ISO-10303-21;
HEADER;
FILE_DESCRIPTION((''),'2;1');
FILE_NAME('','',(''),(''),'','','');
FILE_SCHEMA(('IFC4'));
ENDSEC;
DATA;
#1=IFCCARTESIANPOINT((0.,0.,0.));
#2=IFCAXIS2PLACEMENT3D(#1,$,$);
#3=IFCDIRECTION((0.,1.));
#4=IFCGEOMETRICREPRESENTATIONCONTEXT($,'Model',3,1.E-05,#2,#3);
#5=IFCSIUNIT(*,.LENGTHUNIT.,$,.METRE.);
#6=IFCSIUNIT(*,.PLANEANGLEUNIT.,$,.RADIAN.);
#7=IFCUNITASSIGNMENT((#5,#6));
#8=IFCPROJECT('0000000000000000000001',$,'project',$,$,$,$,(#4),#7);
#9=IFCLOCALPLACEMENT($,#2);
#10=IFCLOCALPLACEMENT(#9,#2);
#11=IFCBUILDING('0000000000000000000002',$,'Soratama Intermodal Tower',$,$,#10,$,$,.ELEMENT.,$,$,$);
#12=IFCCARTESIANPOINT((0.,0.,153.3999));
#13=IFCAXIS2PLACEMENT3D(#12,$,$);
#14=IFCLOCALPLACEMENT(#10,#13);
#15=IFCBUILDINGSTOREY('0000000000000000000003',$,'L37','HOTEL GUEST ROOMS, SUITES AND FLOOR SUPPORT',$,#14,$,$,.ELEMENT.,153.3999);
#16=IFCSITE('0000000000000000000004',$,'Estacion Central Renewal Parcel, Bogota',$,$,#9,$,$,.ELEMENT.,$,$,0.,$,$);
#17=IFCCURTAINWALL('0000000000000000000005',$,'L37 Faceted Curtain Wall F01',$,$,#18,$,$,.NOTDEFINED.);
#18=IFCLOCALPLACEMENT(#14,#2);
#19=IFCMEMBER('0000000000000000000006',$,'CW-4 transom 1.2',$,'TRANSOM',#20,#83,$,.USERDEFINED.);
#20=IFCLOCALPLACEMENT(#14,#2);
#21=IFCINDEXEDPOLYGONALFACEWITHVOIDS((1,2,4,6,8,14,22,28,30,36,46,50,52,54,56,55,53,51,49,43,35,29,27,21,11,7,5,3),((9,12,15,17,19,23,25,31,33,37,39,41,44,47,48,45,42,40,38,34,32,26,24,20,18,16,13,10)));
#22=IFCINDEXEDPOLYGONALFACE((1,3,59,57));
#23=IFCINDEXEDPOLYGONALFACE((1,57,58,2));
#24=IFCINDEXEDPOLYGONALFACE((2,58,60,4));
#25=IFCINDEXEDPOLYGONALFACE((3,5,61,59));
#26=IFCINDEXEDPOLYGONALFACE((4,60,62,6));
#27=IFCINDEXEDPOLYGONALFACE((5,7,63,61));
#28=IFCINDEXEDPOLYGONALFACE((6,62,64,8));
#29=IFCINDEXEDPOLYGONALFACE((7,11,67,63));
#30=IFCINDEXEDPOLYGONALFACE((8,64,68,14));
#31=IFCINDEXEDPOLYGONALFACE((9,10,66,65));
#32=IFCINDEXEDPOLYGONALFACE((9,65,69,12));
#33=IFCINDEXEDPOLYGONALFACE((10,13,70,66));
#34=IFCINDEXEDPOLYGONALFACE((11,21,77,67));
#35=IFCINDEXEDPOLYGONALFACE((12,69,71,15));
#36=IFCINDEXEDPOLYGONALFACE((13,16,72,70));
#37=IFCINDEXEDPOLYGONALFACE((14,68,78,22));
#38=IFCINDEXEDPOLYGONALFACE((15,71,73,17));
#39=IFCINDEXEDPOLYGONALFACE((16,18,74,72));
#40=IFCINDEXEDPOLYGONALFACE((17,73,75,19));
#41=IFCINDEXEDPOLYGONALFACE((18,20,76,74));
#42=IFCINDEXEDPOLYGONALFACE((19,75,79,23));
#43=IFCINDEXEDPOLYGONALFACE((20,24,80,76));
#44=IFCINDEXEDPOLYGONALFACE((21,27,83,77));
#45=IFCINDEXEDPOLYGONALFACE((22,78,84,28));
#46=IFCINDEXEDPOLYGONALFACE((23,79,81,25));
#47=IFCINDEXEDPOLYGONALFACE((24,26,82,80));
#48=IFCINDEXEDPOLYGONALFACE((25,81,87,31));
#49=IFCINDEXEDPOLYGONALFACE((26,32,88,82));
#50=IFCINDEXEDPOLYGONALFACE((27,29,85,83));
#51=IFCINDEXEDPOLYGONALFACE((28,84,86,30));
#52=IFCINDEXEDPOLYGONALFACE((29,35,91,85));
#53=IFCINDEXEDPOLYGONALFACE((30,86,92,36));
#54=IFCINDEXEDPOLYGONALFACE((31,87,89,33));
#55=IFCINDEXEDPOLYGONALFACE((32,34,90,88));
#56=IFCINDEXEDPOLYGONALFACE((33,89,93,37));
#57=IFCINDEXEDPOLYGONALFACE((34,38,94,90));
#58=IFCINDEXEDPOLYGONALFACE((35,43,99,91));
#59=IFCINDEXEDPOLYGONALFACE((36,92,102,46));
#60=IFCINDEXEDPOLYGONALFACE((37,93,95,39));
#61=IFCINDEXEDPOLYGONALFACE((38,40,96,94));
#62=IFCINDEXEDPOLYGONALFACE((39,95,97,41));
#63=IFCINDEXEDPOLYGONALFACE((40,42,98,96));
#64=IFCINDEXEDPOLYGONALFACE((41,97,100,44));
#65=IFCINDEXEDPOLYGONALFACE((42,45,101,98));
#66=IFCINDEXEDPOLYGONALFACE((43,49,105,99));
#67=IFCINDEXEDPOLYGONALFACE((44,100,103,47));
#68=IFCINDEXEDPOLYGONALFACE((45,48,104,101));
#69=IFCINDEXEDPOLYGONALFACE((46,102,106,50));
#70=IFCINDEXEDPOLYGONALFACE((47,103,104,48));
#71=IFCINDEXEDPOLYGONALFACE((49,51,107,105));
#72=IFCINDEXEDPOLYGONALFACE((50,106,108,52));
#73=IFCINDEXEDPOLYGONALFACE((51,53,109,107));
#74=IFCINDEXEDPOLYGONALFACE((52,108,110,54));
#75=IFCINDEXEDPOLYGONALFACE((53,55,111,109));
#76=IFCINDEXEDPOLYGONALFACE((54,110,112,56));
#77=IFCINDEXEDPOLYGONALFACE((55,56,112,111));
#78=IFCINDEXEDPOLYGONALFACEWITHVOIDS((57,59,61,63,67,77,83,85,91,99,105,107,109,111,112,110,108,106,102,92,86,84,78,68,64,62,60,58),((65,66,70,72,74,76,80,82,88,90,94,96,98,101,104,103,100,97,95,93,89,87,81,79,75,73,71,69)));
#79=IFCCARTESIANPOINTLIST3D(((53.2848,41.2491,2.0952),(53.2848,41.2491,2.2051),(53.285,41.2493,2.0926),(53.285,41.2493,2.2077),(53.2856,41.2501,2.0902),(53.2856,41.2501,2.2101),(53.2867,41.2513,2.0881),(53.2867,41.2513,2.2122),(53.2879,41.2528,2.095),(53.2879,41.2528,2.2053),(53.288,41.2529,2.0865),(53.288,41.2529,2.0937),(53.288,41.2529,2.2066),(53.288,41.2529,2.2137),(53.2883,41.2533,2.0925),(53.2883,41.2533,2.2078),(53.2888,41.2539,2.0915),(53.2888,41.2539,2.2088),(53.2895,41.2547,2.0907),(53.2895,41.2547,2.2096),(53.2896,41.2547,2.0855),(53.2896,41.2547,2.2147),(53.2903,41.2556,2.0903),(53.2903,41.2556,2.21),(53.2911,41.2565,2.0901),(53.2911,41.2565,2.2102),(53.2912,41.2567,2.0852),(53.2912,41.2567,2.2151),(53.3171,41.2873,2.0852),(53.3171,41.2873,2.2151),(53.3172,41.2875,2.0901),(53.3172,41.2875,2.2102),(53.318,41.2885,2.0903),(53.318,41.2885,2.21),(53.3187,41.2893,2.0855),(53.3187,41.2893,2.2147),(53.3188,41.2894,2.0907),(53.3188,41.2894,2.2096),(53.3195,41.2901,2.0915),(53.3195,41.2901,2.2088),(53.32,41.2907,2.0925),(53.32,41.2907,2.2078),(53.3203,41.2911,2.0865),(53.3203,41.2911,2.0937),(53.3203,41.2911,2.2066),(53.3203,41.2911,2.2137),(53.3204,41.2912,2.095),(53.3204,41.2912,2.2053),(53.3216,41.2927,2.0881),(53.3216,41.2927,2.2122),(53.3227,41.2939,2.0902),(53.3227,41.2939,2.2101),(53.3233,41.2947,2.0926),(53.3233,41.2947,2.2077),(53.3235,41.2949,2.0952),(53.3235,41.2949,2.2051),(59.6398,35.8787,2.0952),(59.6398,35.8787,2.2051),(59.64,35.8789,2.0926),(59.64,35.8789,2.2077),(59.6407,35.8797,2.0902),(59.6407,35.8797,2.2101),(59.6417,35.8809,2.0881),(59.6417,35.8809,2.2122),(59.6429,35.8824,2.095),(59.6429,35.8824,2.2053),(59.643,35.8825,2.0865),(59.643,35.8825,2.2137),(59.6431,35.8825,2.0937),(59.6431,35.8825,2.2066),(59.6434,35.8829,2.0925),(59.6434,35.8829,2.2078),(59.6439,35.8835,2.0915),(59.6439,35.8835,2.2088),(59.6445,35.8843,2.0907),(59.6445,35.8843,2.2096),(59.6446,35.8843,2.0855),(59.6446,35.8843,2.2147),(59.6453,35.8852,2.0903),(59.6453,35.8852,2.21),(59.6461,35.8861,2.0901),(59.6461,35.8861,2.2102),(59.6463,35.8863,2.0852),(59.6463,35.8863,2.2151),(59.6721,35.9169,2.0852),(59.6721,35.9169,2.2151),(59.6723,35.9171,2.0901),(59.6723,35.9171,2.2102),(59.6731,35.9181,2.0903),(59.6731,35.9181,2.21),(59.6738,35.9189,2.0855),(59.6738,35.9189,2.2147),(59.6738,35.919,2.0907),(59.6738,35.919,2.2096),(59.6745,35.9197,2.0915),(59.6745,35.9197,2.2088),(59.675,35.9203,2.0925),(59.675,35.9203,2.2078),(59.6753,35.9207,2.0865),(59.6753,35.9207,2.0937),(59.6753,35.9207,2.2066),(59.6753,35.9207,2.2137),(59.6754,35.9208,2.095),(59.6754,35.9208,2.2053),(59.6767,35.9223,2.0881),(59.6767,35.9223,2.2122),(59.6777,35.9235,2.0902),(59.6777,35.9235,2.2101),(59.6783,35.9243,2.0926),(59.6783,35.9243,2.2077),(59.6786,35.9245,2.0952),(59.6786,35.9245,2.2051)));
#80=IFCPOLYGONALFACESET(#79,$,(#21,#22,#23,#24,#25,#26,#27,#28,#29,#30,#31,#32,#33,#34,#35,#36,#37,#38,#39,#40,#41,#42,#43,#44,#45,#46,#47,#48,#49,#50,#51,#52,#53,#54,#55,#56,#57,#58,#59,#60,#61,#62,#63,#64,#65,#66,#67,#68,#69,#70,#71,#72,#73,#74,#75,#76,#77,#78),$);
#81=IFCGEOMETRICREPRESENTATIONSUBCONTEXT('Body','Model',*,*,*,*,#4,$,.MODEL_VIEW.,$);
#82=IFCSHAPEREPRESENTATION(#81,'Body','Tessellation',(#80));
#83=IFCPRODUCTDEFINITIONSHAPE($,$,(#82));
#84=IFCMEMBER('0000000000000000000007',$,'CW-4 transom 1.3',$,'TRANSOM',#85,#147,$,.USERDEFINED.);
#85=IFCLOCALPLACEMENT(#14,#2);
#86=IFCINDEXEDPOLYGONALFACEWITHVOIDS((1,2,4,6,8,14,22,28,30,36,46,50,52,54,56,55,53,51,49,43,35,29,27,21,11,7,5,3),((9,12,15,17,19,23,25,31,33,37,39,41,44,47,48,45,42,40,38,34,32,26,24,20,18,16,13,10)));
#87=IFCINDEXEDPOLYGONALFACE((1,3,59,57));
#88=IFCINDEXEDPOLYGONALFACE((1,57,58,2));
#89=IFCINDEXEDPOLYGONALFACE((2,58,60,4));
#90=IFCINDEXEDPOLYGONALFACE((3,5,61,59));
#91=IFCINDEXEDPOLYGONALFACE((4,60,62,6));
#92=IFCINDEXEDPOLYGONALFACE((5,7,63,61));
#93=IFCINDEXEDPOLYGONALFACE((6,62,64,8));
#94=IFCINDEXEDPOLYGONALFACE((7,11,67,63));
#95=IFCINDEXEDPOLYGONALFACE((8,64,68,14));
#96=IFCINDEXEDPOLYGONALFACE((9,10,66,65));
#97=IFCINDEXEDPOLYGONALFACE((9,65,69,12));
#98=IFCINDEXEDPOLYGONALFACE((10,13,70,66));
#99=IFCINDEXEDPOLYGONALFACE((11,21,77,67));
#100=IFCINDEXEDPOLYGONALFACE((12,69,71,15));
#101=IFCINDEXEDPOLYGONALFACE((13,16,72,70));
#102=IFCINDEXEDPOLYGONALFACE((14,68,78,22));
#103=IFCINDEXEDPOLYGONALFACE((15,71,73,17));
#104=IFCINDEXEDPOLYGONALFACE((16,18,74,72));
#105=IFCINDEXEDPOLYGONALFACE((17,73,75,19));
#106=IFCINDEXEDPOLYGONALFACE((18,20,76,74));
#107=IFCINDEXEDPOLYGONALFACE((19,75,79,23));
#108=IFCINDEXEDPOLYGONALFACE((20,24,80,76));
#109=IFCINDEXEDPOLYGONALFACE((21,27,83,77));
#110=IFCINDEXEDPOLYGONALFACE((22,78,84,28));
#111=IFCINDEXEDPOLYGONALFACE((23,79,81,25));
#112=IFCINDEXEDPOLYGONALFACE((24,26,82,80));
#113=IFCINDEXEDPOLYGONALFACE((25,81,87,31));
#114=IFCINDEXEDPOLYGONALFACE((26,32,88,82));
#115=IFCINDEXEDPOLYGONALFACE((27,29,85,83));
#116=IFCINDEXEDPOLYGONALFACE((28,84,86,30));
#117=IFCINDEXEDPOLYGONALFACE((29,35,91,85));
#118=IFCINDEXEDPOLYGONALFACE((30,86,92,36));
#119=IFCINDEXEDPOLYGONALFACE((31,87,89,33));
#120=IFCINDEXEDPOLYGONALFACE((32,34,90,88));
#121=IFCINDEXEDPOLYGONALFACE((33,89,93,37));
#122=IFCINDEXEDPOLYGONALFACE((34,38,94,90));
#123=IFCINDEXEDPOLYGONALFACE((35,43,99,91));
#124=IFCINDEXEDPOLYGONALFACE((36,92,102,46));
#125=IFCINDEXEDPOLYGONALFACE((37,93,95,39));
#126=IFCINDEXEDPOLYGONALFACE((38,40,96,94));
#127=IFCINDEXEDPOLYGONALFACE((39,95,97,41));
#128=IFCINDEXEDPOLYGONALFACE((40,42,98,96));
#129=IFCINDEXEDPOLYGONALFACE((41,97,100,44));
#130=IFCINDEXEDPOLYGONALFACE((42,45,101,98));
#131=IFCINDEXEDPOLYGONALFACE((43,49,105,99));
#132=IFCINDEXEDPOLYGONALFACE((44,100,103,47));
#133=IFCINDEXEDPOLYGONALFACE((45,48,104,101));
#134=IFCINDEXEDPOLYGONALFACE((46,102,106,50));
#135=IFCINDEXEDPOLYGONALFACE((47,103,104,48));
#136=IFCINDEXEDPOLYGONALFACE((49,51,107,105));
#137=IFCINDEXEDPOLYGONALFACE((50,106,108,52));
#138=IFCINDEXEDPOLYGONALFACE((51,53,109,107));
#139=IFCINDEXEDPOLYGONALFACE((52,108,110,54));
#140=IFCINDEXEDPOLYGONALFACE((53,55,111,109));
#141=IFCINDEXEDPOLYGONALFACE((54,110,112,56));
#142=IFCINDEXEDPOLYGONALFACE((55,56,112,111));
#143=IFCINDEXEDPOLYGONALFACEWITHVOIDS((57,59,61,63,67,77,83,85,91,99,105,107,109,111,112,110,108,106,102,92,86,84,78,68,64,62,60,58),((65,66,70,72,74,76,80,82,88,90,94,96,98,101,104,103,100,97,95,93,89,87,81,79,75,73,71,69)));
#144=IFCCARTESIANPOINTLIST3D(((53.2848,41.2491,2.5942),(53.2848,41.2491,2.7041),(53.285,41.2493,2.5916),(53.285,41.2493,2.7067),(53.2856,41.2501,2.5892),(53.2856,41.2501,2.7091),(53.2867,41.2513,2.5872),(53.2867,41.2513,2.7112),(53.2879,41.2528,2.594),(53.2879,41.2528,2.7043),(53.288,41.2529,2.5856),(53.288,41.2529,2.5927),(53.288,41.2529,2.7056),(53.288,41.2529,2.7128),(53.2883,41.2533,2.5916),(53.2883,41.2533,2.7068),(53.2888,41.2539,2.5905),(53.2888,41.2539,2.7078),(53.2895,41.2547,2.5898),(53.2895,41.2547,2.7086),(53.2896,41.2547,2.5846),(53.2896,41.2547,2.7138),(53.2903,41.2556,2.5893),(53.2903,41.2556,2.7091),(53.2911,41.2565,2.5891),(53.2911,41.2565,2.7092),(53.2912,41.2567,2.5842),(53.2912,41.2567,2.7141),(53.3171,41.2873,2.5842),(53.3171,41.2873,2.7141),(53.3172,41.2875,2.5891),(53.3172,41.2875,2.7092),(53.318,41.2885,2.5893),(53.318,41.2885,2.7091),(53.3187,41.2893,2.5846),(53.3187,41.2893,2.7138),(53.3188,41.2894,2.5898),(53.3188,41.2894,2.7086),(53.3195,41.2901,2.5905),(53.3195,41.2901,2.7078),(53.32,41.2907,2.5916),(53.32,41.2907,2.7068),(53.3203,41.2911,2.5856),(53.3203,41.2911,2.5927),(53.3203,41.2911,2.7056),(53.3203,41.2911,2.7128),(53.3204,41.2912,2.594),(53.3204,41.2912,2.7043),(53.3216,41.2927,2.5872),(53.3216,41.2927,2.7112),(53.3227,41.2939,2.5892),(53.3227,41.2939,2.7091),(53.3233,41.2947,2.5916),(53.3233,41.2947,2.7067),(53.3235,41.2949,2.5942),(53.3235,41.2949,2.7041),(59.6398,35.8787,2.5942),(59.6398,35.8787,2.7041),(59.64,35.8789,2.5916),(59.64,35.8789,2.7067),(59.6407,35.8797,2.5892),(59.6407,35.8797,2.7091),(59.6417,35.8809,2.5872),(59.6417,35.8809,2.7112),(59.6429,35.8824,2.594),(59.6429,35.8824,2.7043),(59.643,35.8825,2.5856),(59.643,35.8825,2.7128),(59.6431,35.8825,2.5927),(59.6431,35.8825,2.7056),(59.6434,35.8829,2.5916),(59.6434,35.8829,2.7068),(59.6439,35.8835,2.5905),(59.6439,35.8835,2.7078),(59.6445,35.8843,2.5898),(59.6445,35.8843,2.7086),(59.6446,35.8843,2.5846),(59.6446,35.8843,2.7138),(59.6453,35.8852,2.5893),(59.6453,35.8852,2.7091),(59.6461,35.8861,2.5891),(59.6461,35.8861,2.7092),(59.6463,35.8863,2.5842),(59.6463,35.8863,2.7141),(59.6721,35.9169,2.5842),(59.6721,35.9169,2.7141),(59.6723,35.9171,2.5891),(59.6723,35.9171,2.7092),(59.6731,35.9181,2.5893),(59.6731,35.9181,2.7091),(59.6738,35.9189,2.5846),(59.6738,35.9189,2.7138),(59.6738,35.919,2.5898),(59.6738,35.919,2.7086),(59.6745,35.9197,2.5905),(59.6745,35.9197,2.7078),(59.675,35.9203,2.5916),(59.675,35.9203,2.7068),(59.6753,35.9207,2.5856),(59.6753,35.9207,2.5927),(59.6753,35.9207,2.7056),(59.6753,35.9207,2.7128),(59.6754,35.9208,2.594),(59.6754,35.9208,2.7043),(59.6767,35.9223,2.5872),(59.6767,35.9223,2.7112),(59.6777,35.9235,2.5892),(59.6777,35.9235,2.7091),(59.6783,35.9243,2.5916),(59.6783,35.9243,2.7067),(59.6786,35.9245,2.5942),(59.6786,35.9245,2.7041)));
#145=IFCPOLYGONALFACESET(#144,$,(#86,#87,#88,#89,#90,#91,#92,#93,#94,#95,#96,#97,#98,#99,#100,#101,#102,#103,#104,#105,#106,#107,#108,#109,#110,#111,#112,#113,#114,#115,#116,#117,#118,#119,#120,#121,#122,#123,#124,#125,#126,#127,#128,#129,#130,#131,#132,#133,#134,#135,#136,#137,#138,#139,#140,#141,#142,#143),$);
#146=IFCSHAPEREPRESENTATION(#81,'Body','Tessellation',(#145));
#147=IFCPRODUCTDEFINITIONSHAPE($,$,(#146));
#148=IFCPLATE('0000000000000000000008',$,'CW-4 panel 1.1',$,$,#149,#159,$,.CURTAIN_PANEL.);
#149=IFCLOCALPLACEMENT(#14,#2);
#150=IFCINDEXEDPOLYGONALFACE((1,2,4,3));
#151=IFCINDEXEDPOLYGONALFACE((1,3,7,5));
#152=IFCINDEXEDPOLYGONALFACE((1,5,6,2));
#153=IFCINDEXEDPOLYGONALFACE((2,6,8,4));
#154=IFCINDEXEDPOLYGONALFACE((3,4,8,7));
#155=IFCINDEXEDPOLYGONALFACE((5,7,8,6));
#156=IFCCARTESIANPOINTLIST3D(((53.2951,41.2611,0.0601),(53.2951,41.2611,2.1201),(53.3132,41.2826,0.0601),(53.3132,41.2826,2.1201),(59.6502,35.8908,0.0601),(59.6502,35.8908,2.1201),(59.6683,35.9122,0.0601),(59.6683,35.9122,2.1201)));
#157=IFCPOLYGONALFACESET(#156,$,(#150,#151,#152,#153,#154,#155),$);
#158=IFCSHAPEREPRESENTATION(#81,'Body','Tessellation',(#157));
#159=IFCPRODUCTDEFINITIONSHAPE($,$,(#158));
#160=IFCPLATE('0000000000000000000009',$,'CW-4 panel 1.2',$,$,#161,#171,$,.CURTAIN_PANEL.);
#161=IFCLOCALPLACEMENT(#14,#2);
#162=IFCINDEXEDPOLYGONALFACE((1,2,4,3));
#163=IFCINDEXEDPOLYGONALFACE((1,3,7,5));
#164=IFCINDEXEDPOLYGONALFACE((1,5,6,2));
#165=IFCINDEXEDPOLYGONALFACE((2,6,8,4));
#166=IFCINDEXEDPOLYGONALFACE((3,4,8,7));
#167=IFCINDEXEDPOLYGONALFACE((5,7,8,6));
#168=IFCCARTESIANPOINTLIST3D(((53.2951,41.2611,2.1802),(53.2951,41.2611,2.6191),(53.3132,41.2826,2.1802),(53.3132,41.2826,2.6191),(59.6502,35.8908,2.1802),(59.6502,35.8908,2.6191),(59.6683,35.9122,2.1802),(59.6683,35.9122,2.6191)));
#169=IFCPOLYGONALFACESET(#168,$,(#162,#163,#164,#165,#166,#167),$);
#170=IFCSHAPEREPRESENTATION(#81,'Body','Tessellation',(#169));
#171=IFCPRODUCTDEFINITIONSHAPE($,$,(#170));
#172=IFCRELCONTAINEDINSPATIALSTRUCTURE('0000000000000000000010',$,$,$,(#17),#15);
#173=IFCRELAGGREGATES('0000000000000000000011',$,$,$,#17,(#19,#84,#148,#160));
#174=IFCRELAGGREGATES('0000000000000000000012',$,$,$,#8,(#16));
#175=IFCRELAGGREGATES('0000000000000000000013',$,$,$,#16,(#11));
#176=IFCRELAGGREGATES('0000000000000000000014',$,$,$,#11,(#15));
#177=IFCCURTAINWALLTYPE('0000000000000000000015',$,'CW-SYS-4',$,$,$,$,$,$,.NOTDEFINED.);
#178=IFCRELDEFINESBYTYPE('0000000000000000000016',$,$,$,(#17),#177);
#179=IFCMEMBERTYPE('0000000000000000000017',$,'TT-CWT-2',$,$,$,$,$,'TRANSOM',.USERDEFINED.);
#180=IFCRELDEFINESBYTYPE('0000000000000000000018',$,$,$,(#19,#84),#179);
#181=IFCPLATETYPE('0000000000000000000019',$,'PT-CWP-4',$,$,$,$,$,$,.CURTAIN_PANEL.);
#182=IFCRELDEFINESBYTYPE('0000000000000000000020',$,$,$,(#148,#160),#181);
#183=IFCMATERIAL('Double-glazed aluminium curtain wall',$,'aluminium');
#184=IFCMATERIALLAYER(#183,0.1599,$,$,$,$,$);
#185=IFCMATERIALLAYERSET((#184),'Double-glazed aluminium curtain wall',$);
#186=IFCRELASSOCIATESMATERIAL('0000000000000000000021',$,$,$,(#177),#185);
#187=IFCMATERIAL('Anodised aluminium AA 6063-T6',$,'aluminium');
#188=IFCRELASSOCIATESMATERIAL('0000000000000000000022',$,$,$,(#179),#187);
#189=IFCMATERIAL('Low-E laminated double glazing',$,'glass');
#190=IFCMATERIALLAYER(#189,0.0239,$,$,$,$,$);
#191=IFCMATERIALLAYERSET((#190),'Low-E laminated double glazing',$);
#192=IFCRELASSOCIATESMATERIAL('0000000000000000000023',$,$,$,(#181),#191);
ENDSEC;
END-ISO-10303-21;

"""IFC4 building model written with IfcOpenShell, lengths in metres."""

from ifc_helpers import new_model, si_unit, direction, frame, origin, origin_2d, place, context, subcontext, project, spatial, rectangle, hollow_rectangle, extrude, material, layer, layer_set, material_profile, profile_set, type_object, element, aggregate, save


model = new_model("IFC4")

# Units and contexts
model_context = context("Model", 3, precision=1e-05, world=origin(), true_north=direction((0.0, 1.0)))
body_context = subcontext(model_context, "Body", "Model", "MODEL_VIEW")
ifc_project = project(units=[si_unit("LENGTHUNIT", "METRE"), si_unit("PLANEANGLEUNIT", "RADIAN")], contexts=[model_context])

# Site, building, storey
site_placement = place(None, origin())
site = spatial("IfcSite", under=ifc_project, at=site_placement, Name="Estacion Central Renewal Parcel, Bogota", CompositionType="ELEMENT", RefElevation=0.0)
building_placement = place(site_placement, origin())
building = spatial("IfcBuilding", under=site, at=building_placement, Name="Soratama Intermodal Tower", CompositionType="ELEMENT")
storey_placement = place(building_placement, frame((0.0, 0.0, 153.3999)))
storey = spatial("IfcBuildingStorey", under=building, at=storey_placement, Name="L37", Description="HOTEL GUEST ROOMS, SUITES AND FLOOR SUPPORT", CompositionType="ELEMENT", Elevation=153.3999)

# Curtain wall, members, plates
ifc_material_1 = material(Name="Double-glazed aluminium curtain wall", Category="aluminium")
ifc_layer_1 = layer(ifc_material_1, 0.1599)
ifc_layer_set_1 = layer_set([ifc_layer_1], Name="Double-glazed aluminium curtain wall")
curtain_wall_type = type_object("IfcCurtainWallType", Name="CW-SYS-4", PredefinedType="NOTDEFINED", material=ifc_layer_set_1)
curtain_wall_placement = place(storey_placement, origin())
curtain_wall = element("IfcCurtainWall", 1, at=curtain_wall_placement, inside=storey, type_object=curtain_wall_type, Name="L37 Faceted Curtain Wall F01", PredefinedType="NOTDEFINED")
ifc_material_2 = material(Name="Anodised aluminium AA 6063-T6", Category="aluminium")
ifc_material_profile_1 = material_profile(ifc_material_2, hollow_rectangle(XDim=0.0601, YDim=0.1299, WallThickness=0.0049, InnerFilletRadius=0.0049, OuterFilletRadius=0.01, at=origin_2d()), Name="CWT130X60X5")
ifc_profile_set_1 = profile_set([ifc_material_profile_1], Name="Anodised aluminium AA 6063-T6")
member_type_1 = type_object("IfcMemberType", Name="TT-CWT-2", ElementType="TRANSOM", PredefinedType="USERDEFINED", material=ifc_profile_set_1)
member_1_placement = place(storey_placement, frame((59.6592, 35.9016, 2.1501), z_axis=(-0.763797, 0.645457, 0.0), x_axis=(-0.645457, -0.763797, 0.0)))
member_1 = element("IfcMember", 2, at=member_1_placement, type_object=member_type_1, Name="CW-4 transom 1.2", ObjectType="TRANSOM", PredefinedType="USERDEFINED", context=body_context, shape_type="SweptSolid", body=[
    extrude(hollow_rectangle(XDim=0.0601, YDim=0.1299, WallThickness=0.0049, InnerFilletRadius=0.0049, OuterFilletRadius=0.01, at=origin_2d()), origin(), (0.0, 0.0, 1.0), 8.3203),
])
member_2_placement = place(storey_placement, frame((59.6592, 35.9016, 2.6492), z_axis=(-0.763797, 0.645457, 0.0), x_axis=(-0.645457, -0.763797, 0.0)))
member_2 = element("IfcMember", 3, at=member_2_placement, type_object=member_type_1, Name="CW-4 transom 1.3", ObjectType="TRANSOM", PredefinedType="USERDEFINED", context=body_context, shape_type="SweptSolid", body=[
    extrude(hollow_rectangle(XDim=0.0601, YDim=0.1299, WallThickness=0.0049, InnerFilletRadius=0.0049, OuterFilletRadius=0.01, at=origin_2d()), origin(), (0.0, 0.0, 1.0), 8.3203),
])
ifc_material_3 = material(Name="Low-E laminated double glazing", Category="glass")
ifc_layer_2 = layer(ifc_material_3, 0.0239)
ifc_layer_set_2 = layer_set([ifc_layer_2], Name="Low-E laminated double glazing")
plate_type = type_object("IfcPlateType", Name="PT-CWP-4", PredefinedType="CURTAIN_PANEL", material=ifc_layer_set_2)
plate_1_placement = place(storey_placement, frame((56.4817, 38.5867, 0.0601), z_axis=(0.0, 0.0, 1.0), x_axis=(-0.7638, 0.645453, 0.0)))
plate_1 = element("IfcPlate", 4, at=plate_1_placement, type_object=plate_type, Name="CW-4 panel 1.1", PredefinedType="CURTAIN_PANEL", context=body_context, shape_type="SweptSolid", body=[
    extrude(rectangle(XDim=8.3203, YDim=0.0281, at=origin_2d()), origin(), (0.0, 0.0, 1.0), 2.0601),
])
plate_2_placement = place(storey_placement, frame((56.4817, 38.5867, 2.1802), z_axis=(0.0, 0.0, 1.0), x_axis=(-0.7638, 0.645453, 0.0)))
plate_2 = element("IfcPlate", 5, at=plate_2_placement, type_object=plate_type, Name="CW-4 panel 1.2", PredefinedType="CURTAIN_PANEL", context=body_context, shape_type="SweptSolid", body=[
    extrude(rectangle(XDim=8.3203, YDim=0.0281, at=origin_2d()), origin(), (0.0, 0.0, 1.0), 0.439),
])
aggregate(curtain_wall, [member_1, member_2, plate_1, plate_2])

save(model, "model.ifc")
